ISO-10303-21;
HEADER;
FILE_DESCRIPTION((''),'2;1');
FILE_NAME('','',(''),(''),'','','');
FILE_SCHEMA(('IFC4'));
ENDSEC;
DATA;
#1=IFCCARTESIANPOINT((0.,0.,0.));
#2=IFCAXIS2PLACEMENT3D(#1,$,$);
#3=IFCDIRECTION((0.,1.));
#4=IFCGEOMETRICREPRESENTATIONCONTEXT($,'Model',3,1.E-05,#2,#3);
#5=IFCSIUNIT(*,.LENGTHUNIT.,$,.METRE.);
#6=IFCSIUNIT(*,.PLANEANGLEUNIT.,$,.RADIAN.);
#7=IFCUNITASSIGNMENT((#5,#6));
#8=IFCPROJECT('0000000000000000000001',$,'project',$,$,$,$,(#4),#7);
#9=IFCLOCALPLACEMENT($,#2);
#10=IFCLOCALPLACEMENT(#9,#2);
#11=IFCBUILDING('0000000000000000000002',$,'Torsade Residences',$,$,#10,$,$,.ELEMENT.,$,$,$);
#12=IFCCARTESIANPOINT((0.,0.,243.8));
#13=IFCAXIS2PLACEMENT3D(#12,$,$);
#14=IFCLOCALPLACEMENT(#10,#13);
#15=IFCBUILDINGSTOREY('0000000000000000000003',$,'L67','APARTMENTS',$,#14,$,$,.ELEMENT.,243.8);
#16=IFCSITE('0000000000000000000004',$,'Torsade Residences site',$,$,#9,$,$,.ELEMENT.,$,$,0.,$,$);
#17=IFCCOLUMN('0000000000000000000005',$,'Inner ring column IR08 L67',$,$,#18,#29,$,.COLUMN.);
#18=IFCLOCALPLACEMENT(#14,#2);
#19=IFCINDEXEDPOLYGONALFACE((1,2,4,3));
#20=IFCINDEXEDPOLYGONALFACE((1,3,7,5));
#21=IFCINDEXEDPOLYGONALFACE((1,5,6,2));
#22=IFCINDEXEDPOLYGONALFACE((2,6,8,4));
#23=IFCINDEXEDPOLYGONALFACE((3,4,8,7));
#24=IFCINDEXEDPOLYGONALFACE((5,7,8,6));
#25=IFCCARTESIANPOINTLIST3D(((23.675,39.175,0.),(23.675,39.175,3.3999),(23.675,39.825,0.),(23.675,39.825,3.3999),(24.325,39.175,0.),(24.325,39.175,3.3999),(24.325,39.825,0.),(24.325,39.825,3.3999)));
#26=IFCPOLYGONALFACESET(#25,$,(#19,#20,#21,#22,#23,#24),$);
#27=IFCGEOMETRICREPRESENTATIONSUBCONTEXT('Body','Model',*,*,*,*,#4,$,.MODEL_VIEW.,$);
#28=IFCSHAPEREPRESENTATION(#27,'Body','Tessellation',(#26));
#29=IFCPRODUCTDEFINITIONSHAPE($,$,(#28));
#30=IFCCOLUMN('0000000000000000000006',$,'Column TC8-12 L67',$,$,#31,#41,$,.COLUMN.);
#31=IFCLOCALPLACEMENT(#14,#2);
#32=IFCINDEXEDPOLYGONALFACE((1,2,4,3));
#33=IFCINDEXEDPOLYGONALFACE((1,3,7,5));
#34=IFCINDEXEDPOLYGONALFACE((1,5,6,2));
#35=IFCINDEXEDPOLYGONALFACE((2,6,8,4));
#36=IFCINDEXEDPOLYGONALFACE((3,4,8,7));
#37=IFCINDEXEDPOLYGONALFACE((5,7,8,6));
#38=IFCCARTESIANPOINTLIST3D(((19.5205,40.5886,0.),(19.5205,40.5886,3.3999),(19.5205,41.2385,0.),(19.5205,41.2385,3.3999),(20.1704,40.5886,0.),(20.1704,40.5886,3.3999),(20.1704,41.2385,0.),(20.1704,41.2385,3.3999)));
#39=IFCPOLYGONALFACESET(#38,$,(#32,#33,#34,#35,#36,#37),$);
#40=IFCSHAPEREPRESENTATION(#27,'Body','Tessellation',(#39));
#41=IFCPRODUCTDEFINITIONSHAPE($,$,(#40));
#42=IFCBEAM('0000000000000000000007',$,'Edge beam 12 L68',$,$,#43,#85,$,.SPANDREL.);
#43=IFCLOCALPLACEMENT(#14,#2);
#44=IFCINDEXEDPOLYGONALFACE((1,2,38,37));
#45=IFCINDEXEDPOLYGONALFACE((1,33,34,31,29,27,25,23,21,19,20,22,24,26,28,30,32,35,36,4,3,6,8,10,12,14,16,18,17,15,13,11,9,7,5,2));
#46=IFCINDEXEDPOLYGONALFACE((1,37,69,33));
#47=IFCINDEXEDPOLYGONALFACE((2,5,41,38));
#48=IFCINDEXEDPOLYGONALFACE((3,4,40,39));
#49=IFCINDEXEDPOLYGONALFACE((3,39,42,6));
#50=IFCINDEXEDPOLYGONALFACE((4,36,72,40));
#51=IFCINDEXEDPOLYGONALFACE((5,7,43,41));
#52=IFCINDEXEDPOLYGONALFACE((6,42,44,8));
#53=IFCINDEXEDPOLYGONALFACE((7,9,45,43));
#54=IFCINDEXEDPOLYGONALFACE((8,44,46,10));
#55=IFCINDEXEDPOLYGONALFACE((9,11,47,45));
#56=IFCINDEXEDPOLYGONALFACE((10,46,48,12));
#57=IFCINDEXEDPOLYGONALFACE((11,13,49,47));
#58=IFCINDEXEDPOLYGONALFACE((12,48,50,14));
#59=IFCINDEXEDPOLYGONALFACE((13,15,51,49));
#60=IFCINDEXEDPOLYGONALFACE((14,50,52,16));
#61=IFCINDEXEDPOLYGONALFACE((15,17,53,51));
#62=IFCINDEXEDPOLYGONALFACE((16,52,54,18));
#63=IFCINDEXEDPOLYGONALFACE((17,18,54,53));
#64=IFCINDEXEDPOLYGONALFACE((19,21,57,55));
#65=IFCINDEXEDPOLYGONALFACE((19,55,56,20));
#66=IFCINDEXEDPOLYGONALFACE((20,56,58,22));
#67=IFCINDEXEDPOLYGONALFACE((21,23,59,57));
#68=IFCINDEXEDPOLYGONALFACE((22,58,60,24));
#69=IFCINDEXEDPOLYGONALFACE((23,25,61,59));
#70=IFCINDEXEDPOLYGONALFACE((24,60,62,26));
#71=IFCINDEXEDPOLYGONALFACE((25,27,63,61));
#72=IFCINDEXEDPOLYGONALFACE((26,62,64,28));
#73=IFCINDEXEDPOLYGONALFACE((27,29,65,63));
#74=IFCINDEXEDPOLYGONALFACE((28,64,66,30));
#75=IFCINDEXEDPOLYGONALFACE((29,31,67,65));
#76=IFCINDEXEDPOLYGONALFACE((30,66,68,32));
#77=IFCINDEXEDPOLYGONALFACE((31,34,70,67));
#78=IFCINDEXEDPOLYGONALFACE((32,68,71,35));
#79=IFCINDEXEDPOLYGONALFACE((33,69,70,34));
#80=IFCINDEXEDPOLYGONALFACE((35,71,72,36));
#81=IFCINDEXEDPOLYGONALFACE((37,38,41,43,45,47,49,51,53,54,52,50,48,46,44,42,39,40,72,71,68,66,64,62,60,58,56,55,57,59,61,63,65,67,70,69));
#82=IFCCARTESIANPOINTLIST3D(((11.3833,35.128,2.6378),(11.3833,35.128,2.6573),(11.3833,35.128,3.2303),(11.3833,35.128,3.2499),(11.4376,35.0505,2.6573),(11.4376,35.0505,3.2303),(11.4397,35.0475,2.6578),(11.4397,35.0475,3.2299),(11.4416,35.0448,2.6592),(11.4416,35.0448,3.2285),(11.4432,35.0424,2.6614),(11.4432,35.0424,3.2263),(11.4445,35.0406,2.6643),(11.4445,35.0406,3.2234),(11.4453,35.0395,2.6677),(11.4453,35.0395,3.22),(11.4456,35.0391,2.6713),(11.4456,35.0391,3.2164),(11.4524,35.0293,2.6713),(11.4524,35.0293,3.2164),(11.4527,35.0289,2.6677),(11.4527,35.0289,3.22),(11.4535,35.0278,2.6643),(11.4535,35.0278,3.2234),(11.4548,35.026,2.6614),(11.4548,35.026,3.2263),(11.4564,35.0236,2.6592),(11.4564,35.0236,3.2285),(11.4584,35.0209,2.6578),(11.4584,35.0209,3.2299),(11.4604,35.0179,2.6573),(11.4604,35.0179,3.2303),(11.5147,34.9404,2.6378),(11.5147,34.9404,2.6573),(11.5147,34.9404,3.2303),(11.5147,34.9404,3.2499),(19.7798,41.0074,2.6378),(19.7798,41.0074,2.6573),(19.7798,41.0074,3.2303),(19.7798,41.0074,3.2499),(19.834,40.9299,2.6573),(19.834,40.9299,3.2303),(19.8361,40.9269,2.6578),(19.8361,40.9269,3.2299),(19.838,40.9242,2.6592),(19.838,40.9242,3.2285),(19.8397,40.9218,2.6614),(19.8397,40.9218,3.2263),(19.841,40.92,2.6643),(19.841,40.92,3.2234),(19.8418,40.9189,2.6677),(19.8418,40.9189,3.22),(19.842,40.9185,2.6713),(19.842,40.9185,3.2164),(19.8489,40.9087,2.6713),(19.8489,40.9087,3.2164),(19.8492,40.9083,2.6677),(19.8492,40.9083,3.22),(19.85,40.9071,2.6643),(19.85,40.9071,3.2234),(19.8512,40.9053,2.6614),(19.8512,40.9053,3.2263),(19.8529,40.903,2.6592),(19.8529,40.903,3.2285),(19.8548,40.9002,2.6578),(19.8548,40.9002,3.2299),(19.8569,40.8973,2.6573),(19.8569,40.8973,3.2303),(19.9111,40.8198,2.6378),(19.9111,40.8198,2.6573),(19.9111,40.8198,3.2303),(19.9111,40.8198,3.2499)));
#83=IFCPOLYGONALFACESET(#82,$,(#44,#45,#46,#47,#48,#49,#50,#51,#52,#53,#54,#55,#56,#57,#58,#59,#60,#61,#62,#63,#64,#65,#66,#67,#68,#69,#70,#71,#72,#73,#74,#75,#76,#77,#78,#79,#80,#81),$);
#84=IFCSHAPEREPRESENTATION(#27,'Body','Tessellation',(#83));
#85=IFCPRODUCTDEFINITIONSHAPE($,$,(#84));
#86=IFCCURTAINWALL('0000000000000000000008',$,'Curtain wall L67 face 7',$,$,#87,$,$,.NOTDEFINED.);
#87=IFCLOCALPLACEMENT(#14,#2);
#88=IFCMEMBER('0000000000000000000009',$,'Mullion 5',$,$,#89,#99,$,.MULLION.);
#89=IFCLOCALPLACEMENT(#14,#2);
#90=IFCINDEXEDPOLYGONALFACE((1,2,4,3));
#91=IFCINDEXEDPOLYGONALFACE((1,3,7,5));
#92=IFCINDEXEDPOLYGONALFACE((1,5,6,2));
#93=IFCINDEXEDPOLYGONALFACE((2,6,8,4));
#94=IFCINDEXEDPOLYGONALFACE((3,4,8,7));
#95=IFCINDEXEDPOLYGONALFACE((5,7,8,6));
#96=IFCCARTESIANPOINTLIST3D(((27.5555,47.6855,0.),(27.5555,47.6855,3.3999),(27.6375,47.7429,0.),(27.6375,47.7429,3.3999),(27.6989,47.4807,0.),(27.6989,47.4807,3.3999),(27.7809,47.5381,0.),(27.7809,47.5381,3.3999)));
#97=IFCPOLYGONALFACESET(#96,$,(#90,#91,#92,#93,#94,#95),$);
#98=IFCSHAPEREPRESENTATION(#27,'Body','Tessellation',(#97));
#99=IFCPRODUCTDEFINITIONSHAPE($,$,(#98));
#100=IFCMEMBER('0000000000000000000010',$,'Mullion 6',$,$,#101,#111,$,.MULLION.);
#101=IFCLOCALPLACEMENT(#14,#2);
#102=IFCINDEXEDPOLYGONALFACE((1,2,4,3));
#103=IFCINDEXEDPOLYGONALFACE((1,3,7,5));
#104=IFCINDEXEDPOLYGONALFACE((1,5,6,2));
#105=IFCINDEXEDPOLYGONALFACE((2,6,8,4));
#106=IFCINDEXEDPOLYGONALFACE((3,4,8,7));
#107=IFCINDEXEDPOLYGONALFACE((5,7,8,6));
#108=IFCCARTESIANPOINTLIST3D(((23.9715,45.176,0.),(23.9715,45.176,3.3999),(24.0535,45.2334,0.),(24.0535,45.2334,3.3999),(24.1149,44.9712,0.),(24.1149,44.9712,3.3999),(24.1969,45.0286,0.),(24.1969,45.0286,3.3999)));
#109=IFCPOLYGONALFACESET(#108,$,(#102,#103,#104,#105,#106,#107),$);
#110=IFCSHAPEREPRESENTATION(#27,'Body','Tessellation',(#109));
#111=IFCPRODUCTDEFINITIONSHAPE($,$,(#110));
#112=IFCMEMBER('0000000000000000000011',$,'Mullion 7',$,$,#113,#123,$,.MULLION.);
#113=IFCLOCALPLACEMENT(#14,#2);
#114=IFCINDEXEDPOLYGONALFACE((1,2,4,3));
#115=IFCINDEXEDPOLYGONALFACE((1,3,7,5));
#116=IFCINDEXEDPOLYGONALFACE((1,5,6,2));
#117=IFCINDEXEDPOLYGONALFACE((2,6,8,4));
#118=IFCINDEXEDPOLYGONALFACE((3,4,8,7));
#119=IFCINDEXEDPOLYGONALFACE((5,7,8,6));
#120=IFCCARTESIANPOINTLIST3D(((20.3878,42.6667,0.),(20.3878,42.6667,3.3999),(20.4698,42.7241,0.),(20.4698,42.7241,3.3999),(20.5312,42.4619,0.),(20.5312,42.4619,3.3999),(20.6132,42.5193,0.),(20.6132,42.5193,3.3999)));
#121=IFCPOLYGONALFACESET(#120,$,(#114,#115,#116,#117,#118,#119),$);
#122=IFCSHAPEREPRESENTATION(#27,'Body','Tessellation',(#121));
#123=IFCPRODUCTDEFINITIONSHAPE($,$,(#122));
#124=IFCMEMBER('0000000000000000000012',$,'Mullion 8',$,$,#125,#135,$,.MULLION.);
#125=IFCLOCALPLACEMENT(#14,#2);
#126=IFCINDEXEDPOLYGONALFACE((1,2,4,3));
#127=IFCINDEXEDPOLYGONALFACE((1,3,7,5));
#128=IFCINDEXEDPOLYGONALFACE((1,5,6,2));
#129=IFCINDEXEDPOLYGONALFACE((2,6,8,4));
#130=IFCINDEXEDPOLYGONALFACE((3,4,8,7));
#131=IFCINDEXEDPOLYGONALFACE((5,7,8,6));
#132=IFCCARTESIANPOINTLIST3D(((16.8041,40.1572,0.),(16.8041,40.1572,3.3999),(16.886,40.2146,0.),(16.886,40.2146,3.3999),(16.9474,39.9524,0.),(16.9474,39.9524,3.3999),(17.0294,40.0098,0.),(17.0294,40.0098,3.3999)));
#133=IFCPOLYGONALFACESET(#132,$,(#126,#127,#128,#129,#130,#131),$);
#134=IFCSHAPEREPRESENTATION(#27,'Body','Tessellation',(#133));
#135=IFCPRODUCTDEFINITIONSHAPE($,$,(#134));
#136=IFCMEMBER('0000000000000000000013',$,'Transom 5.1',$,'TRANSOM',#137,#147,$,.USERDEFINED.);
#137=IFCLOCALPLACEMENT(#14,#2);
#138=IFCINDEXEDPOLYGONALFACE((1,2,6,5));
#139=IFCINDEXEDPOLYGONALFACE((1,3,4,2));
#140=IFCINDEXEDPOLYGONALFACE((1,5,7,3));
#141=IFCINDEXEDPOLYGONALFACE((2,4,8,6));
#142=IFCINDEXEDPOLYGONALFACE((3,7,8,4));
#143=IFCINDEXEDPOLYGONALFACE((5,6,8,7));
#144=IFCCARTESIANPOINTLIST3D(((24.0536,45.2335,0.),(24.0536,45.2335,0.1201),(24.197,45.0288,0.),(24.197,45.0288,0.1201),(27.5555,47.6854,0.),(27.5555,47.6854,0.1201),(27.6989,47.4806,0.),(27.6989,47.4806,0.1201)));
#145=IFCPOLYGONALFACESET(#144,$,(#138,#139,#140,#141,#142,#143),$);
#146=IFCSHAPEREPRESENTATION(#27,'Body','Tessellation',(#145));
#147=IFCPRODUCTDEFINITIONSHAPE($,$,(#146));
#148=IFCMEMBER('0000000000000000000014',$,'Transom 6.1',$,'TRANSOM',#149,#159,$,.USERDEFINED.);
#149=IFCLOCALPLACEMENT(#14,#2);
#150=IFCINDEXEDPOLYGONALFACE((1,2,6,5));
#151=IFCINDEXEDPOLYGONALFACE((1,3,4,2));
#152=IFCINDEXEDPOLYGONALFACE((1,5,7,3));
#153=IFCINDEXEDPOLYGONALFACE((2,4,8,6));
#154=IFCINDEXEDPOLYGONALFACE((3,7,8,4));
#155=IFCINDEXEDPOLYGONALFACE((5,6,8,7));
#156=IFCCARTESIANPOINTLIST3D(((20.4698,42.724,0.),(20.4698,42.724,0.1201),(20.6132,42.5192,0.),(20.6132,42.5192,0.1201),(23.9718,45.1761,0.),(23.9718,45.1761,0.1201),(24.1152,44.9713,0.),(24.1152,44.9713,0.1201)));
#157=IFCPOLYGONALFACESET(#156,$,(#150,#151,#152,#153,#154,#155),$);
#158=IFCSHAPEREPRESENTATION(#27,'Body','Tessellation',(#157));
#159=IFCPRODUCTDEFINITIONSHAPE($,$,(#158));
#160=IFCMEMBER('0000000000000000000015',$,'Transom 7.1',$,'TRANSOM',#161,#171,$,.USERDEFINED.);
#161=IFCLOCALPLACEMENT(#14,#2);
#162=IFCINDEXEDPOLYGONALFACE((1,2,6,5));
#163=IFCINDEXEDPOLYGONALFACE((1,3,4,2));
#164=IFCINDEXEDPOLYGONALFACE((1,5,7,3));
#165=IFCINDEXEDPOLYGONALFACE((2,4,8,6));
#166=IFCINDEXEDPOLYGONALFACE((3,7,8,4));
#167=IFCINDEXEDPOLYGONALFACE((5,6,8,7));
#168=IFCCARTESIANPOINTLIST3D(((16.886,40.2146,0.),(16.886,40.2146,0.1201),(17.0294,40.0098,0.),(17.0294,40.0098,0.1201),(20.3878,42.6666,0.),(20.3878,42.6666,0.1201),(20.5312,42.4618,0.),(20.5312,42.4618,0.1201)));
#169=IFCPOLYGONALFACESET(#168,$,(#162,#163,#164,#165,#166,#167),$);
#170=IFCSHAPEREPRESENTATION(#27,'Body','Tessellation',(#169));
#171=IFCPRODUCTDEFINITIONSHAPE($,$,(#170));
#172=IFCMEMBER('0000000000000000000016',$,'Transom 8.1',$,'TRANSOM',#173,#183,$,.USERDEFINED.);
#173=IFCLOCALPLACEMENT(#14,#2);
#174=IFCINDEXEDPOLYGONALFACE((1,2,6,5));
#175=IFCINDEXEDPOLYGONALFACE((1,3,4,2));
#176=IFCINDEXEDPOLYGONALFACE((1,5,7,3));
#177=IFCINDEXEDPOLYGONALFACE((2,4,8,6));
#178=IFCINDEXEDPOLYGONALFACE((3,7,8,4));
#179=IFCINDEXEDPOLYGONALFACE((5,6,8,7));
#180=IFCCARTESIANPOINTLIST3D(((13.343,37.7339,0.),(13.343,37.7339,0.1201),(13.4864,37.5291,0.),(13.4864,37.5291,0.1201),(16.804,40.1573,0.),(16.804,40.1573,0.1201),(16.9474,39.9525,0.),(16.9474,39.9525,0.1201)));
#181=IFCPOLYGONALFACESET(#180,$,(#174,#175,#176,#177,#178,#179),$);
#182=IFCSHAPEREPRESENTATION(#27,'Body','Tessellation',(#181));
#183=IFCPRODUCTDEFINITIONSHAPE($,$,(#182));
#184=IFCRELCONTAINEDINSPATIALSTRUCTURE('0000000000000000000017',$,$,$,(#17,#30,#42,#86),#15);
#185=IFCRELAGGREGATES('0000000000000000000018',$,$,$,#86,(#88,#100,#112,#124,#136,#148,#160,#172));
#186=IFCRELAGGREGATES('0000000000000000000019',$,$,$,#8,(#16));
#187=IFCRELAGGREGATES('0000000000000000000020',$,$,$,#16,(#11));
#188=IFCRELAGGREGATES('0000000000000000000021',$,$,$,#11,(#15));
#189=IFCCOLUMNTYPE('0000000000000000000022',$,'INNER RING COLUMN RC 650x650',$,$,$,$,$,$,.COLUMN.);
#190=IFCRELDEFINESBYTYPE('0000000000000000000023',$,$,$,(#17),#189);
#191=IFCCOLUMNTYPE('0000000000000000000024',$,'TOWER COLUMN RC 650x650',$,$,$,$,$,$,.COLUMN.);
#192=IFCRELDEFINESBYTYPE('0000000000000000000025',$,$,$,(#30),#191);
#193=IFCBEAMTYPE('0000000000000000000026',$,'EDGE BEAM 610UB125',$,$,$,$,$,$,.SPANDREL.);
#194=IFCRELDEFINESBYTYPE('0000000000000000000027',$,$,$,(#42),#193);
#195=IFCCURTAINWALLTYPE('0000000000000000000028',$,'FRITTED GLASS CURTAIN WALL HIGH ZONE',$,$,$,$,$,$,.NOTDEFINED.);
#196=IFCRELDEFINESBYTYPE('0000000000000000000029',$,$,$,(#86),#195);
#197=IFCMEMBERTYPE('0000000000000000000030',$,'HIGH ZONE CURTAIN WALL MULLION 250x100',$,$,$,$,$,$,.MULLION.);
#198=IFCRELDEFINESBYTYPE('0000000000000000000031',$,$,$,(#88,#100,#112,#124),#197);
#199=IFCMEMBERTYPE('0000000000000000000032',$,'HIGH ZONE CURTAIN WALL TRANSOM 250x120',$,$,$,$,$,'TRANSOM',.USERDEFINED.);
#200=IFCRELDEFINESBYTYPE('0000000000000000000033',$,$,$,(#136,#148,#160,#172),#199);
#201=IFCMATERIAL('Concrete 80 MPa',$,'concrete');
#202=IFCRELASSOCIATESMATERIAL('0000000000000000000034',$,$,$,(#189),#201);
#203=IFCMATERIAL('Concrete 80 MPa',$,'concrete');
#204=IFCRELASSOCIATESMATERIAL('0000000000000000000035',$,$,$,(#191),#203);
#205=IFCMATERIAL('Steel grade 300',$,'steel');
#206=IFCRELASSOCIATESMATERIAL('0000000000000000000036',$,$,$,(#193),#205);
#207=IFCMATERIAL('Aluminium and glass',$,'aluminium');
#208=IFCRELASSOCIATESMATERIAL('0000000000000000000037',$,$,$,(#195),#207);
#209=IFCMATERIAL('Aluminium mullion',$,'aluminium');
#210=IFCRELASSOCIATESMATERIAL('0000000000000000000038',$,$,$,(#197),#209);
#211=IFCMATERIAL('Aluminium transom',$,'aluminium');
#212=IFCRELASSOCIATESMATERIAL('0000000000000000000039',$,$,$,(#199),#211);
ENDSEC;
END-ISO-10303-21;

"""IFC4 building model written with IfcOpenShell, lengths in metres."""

from ifc_helpers import new_model, si_unit, direction, frame, origin, origin_2d, place, context, subcontext, project, spatial, rectangle, i_section, extrude, material, material_profile, profile_set, type_object, element, aggregate, save


model = new_model("IFC4")

# Units and contexts
model_context = context("Model", 3, precision=1e-05, world=origin(), true_north=direction((0.0, 1.0)))
body_context = subcontext(model_context, "Body", "Model", "MODEL_VIEW")
ifc_project = project(units=[si_unit("LENGTHUNIT", "METRE"), si_unit("PLANEANGLEUNIT", "RADIAN")], contexts=[model_context])

# Site, building, storey
site_placement = place(None, origin())
site = spatial("IfcSite", under=ifc_project, at=site_placement, Name="Torsade Residences site", CompositionType="ELEMENT", RefElevation=0.0)
building_placement = place(site_placement, origin())
building = spatial("IfcBuilding", under=site, at=building_placement, Name="Torsade Residences", CompositionType="ELEMENT")
storey_placement = place(building_placement, frame((0.0, 0.0, 243.8)))
storey = spatial("IfcBuildingStorey", under=building, at=storey_placement, Name="L67", Description="APARTMENTS", CompositionType="ELEMENT", Elevation=243.8)

# Columns
ifc_material_1 = material(Name="Concrete 80 MPa", Category="concrete")
ifc_material_profile_1 = material_profile(ifc_material_1, rectangle(XDim=0.6499, YDim=0.6499, at=origin_2d()), Name="RC 650x650")
ifc_profile_set_1 = profile_set([ifc_material_profile_1], Name="Concrete 80 MPa")
column_type_1 = type_object("IfcColumnType", Name="INNER RING COLUMN RC 650x650", PredefinedType="COLUMN", material=ifc_profile_set_1)
column_1_placement = place(storey_placement, frame((24.0, 39.5, 0.0), z_axis=(0.0, 0.0, 1.0), x_axis=(1.0, 0.0, 0.0)))
element("IfcColumn", 1, at=column_1_placement, inside=storey, type_object=column_type_1, Name="Inner ring column IR08 L67", PredefinedType="COLUMN", context=body_context, shape_type="SweptSolid", body=[
    extrude(rectangle(XDim=0.6499, YDim=0.6499, at=origin_2d()), origin(), (0.0, 0.0, 1.0), 3.3999),
])
ifc_material_2 = material(Name="Concrete 80 MPa", Category="concrete")
ifc_material_profile_2 = material_profile(ifc_material_2, rectangle(XDim=0.6499, YDim=0.6499, at=origin_2d()), Name="RC 650x650")
ifc_profile_set_2 = profile_set([ifc_material_profile_2], Name="Concrete 80 MPa")
column_type_2 = type_object("IfcColumnType", Name="TOWER COLUMN RC 650x650", PredefinedType="COLUMN", material=ifc_profile_set_2)
column_2_placement = place(storey_placement, frame((19.8455, 40.9136, 0.0), z_axis=(0.0, 0.0, 1.0), x_axis=(1.0, 0.0, 0.0)))
element("IfcColumn", 2, at=column_2_placement, inside=storey, type_object=column_type_2, Name="Column TC8-12 L67", PredefinedType="COLUMN", context=body_context, shape_type="SweptSolid", body=[
    extrude(rectangle(XDim=0.6499, YDim=0.6499, at=origin_2d()), origin(), (0.0, 0.0, 1.0), 3.3999),
])

# Beam
ifc_material_3 = material(Name="Steel grade 300", Category="steel")
ifc_material_profile_3 = material_profile(ifc_material_3, i_section(OverallWidth=0.229, OverallDepth=0.6121, WebThickness=0.012, FlangeThickness=0.0195, FilletRadius=0.0139, at=origin_2d()), Name="610UB125")
ifc_profile_set_3 = profile_set([ifc_material_profile_3], Name="Steel grade 300")
beam_type_1 = type_object("IfcBeamType", Name="EDGE BEAM 610UB125", PredefinedType="SPANDREL", material=ifc_profile_set_3)
beam_1_placement = place(storey_placement, frame((19.8455, 40.9136, 2.9438), z_axis=(-0.819147, -0.573584, 0.0), x_axis=(0.573584, -0.819147, 0.0)))
element("IfcBeam", 3, at=beam_1_placement, inside=storey, type_object=beam_type_1, Name="Edge beam 12 L68", PredefinedType="SPANDREL", context=body_context, shape_type="SweptSolid", body=[
    extrude(i_section(OverallWidth=0.229, OverallDepth=0.6121, WebThickness=0.012, FlangeThickness=0.0195, FilletRadius=0.0139, at=origin_2d()), origin(), (0.0, 0.0, 1.0), 10.2502),
])

# Curtain wall, members
ifc_material_4 = material(Name="Aluminium and glass", Category="aluminium")
curtain_wall_type = type_object("IfcCurtainWallType", Name="FRITTED GLASS CURTAIN WALL HIGH ZONE", PredefinedType="NOTDEFINED", material=ifc_material_4)
curtain_wall_placement = place(storey_placement, origin())
curtain_wall = element("IfcCurtainWall", 4, at=curtain_wall_placement, inside=storey, type_object=curtain_wall_type, Name="Curtain wall L67 face 7", PredefinedType="NOTDEFINED")
ifc_material_5 = material(Name="Aluminium mullion", Category="aluminium")
ifc_material_profile_4 = material_profile(ifc_material_5, rectangle(XDim=0.25, YDim=0.1001, at=origin_2d()), Name="HIGH ZONE CURTAIN WALL MULLION 250x100")
ifc_profile_set_4 = profile_set([ifc_material_profile_4], Name="Aluminium mullion")
member_type_1 = type_object("IfcMemberType", Name="HIGH ZONE CURTAIN WALL MULLION 250x100", PredefinedType="MULLION", material=ifc_profile_set_4)
member_1_placement = place(storey_placement, frame((27.6682, 47.6118, 0.0), z_axis=(0.0, 0.0, 1.0), x_axis=(0.573576, -0.819152, 0.0)))
member_1 = element("IfcMember", 5, at=member_1_placement, type_object=member_type_1, Name="Mullion 5", PredefinedType="MULLION", context=body_context, shape_type="SweptSolid", body=[
    extrude(rectangle(XDim=0.25, YDim=0.1001, at=origin_2d()), origin(), (0.0, 0.0, 1.0), 3.3999),
])
member_2_placement = place(storey_placement, frame((24.0842, 45.1023, 0.0), z_axis=(0.0, 0.0, 1.0), x_axis=(0.573576, -0.819152, 0.0)))
member_2 = element("IfcMember", 6, at=member_2_placement, type_object=member_type_1, Name="Mullion 6", PredefinedType="MULLION", context=body_context, shape_type="SweptSolid", body=[
    extrude(rectangle(XDim=0.25, YDim=0.1001, at=origin_2d()), origin(), (0.0, 0.0, 1.0), 3.3999),
])
member_3_placement = place(storey_placement, frame((20.5005, 42.593, 0.0), z_axis=(0.0, 0.0, 1.0), x_axis=(0.573576, -0.819152, 0.0)))
member_3 = element("IfcMember", 7, at=member_3_placement, type_object=member_type_1, Name="Mullion 7", PredefinedType="MULLION", context=body_context, shape_type="SweptSolid", body=[
    extrude(rectangle(XDim=0.25, YDim=0.1001, at=origin_2d()), origin(), (0.0, 0.0, 1.0), 3.3999),
])
member_4_placement = place(storey_placement, frame((16.9167, 40.0835, 0.0), z_axis=(0.0, 0.0, 1.0), x_axis=(0.573576, -0.819152, 0.0)))
member_4 = element("IfcMember", 8, at=member_4_placement, type_object=member_type_1, Name="Mullion 8", PredefinedType="MULLION", context=body_context, shape_type="SweptSolid", body=[
    extrude(rectangle(XDim=0.25, YDim=0.1001, at=origin_2d()), origin(), (0.0, 0.0, 1.0), 3.3999),
])
ifc_material_6 = material(Name="Aluminium transom", Category="aluminium")
ifc_material_profile_5 = material_profile(ifc_material_6, rectangle(XDim=0.25, YDim=0.1201, at=origin_2d()), Name="HIGH ZONE CURTAIN WALL TRANSOM 250x120")
ifc_profile_set_5 = profile_set([ifc_material_profile_5], Name="Aluminium transom")
member_type_2 = type_object("IfcMemberType", Name="HIGH ZONE CURTAIN WALL TRANSOM 250x120", ElementType="TRANSOM", PredefinedType="USERDEFINED", material=ifc_profile_set_5)
member_5_placement = place(storey_placement, frame((27.6272, 47.583, 0.0601), z_axis=(-0.819173, -0.573547, 0.0), x_axis=(0.573547, -0.819173, 0.0)))
member_5 = element("IfcMember", 9, at=member_5_placement, type_object=member_type_2, Name="Transom 5.1", ObjectType="TRANSOM", PredefinedType="USERDEFINED", context=body_context, shape_type="SweptSolid", body=[
    extrude(rectangle(XDim=0.25, YDim=0.1201, at=origin_2d()), origin(), (0.0, 0.0, 1.0), 4.2749),
])
member_6_placement = place(storey_placement, frame((24.0435, 45.0737, 0.0601), z_axis=(-0.819146, -0.573585, 0.0), x_axis=(0.573585, -0.819146, 0.0)))
member_6 = element("IfcMember", 10, at=member_6_placement, type_object=member_type_2, Name="Transom 6.1", ObjectType="TRANSOM", PredefinedType="USERDEFINED", context=body_context, shape_type="SweptSolid", body=[
    extrude(rectangle(XDim=0.25, YDim=0.1201, at=origin_2d()), origin(), (0.0, 0.0, 1.0), 4.2751),
])
member_7_placement = place(storey_placement, frame((20.4595, 42.5642, 0.0601), z_axis=(-0.819154, -0.573573, 0.0), x_axis=(0.573573, -0.819154, 0.0)))
member_7 = element("IfcMember", 11, at=member_7_placement, type_object=member_type_2, Name="Transom 7.1", ObjectType="TRANSOM", PredefinedType="USERDEFINED", context=body_context, shape_type="SweptSolid", body=[
    extrude(rectangle(XDim=0.25, YDim=0.1201, at=origin_2d()), origin(), (0.0, 0.0, 1.0), 4.2749),
])
member_8_placement = place(storey_placement, frame((16.8757, 40.0549, 0.0601), z_axis=(-0.819156, -0.573571, 0.0), x_axis=(0.573571, -0.819156, 0.0)))
member_8 = element("IfcMember", 12, at=member_8_placement, type_object=member_type_2, Name="Transom 8.1", ObjectType="TRANSOM", PredefinedType="USERDEFINED", context=body_context, shape_type="SweptSolid", body=[
    extrude(rectangle(XDim=0.25, YDim=0.1201, at=origin_2d()), origin(), (0.0, 0.0, 1.0), 4.2251),
])

aggregate(curtain_wall, [member_1, member_2, member_3, member_4, member_5, member_6, member_7, member_8])

save(model, "model.ifc")
